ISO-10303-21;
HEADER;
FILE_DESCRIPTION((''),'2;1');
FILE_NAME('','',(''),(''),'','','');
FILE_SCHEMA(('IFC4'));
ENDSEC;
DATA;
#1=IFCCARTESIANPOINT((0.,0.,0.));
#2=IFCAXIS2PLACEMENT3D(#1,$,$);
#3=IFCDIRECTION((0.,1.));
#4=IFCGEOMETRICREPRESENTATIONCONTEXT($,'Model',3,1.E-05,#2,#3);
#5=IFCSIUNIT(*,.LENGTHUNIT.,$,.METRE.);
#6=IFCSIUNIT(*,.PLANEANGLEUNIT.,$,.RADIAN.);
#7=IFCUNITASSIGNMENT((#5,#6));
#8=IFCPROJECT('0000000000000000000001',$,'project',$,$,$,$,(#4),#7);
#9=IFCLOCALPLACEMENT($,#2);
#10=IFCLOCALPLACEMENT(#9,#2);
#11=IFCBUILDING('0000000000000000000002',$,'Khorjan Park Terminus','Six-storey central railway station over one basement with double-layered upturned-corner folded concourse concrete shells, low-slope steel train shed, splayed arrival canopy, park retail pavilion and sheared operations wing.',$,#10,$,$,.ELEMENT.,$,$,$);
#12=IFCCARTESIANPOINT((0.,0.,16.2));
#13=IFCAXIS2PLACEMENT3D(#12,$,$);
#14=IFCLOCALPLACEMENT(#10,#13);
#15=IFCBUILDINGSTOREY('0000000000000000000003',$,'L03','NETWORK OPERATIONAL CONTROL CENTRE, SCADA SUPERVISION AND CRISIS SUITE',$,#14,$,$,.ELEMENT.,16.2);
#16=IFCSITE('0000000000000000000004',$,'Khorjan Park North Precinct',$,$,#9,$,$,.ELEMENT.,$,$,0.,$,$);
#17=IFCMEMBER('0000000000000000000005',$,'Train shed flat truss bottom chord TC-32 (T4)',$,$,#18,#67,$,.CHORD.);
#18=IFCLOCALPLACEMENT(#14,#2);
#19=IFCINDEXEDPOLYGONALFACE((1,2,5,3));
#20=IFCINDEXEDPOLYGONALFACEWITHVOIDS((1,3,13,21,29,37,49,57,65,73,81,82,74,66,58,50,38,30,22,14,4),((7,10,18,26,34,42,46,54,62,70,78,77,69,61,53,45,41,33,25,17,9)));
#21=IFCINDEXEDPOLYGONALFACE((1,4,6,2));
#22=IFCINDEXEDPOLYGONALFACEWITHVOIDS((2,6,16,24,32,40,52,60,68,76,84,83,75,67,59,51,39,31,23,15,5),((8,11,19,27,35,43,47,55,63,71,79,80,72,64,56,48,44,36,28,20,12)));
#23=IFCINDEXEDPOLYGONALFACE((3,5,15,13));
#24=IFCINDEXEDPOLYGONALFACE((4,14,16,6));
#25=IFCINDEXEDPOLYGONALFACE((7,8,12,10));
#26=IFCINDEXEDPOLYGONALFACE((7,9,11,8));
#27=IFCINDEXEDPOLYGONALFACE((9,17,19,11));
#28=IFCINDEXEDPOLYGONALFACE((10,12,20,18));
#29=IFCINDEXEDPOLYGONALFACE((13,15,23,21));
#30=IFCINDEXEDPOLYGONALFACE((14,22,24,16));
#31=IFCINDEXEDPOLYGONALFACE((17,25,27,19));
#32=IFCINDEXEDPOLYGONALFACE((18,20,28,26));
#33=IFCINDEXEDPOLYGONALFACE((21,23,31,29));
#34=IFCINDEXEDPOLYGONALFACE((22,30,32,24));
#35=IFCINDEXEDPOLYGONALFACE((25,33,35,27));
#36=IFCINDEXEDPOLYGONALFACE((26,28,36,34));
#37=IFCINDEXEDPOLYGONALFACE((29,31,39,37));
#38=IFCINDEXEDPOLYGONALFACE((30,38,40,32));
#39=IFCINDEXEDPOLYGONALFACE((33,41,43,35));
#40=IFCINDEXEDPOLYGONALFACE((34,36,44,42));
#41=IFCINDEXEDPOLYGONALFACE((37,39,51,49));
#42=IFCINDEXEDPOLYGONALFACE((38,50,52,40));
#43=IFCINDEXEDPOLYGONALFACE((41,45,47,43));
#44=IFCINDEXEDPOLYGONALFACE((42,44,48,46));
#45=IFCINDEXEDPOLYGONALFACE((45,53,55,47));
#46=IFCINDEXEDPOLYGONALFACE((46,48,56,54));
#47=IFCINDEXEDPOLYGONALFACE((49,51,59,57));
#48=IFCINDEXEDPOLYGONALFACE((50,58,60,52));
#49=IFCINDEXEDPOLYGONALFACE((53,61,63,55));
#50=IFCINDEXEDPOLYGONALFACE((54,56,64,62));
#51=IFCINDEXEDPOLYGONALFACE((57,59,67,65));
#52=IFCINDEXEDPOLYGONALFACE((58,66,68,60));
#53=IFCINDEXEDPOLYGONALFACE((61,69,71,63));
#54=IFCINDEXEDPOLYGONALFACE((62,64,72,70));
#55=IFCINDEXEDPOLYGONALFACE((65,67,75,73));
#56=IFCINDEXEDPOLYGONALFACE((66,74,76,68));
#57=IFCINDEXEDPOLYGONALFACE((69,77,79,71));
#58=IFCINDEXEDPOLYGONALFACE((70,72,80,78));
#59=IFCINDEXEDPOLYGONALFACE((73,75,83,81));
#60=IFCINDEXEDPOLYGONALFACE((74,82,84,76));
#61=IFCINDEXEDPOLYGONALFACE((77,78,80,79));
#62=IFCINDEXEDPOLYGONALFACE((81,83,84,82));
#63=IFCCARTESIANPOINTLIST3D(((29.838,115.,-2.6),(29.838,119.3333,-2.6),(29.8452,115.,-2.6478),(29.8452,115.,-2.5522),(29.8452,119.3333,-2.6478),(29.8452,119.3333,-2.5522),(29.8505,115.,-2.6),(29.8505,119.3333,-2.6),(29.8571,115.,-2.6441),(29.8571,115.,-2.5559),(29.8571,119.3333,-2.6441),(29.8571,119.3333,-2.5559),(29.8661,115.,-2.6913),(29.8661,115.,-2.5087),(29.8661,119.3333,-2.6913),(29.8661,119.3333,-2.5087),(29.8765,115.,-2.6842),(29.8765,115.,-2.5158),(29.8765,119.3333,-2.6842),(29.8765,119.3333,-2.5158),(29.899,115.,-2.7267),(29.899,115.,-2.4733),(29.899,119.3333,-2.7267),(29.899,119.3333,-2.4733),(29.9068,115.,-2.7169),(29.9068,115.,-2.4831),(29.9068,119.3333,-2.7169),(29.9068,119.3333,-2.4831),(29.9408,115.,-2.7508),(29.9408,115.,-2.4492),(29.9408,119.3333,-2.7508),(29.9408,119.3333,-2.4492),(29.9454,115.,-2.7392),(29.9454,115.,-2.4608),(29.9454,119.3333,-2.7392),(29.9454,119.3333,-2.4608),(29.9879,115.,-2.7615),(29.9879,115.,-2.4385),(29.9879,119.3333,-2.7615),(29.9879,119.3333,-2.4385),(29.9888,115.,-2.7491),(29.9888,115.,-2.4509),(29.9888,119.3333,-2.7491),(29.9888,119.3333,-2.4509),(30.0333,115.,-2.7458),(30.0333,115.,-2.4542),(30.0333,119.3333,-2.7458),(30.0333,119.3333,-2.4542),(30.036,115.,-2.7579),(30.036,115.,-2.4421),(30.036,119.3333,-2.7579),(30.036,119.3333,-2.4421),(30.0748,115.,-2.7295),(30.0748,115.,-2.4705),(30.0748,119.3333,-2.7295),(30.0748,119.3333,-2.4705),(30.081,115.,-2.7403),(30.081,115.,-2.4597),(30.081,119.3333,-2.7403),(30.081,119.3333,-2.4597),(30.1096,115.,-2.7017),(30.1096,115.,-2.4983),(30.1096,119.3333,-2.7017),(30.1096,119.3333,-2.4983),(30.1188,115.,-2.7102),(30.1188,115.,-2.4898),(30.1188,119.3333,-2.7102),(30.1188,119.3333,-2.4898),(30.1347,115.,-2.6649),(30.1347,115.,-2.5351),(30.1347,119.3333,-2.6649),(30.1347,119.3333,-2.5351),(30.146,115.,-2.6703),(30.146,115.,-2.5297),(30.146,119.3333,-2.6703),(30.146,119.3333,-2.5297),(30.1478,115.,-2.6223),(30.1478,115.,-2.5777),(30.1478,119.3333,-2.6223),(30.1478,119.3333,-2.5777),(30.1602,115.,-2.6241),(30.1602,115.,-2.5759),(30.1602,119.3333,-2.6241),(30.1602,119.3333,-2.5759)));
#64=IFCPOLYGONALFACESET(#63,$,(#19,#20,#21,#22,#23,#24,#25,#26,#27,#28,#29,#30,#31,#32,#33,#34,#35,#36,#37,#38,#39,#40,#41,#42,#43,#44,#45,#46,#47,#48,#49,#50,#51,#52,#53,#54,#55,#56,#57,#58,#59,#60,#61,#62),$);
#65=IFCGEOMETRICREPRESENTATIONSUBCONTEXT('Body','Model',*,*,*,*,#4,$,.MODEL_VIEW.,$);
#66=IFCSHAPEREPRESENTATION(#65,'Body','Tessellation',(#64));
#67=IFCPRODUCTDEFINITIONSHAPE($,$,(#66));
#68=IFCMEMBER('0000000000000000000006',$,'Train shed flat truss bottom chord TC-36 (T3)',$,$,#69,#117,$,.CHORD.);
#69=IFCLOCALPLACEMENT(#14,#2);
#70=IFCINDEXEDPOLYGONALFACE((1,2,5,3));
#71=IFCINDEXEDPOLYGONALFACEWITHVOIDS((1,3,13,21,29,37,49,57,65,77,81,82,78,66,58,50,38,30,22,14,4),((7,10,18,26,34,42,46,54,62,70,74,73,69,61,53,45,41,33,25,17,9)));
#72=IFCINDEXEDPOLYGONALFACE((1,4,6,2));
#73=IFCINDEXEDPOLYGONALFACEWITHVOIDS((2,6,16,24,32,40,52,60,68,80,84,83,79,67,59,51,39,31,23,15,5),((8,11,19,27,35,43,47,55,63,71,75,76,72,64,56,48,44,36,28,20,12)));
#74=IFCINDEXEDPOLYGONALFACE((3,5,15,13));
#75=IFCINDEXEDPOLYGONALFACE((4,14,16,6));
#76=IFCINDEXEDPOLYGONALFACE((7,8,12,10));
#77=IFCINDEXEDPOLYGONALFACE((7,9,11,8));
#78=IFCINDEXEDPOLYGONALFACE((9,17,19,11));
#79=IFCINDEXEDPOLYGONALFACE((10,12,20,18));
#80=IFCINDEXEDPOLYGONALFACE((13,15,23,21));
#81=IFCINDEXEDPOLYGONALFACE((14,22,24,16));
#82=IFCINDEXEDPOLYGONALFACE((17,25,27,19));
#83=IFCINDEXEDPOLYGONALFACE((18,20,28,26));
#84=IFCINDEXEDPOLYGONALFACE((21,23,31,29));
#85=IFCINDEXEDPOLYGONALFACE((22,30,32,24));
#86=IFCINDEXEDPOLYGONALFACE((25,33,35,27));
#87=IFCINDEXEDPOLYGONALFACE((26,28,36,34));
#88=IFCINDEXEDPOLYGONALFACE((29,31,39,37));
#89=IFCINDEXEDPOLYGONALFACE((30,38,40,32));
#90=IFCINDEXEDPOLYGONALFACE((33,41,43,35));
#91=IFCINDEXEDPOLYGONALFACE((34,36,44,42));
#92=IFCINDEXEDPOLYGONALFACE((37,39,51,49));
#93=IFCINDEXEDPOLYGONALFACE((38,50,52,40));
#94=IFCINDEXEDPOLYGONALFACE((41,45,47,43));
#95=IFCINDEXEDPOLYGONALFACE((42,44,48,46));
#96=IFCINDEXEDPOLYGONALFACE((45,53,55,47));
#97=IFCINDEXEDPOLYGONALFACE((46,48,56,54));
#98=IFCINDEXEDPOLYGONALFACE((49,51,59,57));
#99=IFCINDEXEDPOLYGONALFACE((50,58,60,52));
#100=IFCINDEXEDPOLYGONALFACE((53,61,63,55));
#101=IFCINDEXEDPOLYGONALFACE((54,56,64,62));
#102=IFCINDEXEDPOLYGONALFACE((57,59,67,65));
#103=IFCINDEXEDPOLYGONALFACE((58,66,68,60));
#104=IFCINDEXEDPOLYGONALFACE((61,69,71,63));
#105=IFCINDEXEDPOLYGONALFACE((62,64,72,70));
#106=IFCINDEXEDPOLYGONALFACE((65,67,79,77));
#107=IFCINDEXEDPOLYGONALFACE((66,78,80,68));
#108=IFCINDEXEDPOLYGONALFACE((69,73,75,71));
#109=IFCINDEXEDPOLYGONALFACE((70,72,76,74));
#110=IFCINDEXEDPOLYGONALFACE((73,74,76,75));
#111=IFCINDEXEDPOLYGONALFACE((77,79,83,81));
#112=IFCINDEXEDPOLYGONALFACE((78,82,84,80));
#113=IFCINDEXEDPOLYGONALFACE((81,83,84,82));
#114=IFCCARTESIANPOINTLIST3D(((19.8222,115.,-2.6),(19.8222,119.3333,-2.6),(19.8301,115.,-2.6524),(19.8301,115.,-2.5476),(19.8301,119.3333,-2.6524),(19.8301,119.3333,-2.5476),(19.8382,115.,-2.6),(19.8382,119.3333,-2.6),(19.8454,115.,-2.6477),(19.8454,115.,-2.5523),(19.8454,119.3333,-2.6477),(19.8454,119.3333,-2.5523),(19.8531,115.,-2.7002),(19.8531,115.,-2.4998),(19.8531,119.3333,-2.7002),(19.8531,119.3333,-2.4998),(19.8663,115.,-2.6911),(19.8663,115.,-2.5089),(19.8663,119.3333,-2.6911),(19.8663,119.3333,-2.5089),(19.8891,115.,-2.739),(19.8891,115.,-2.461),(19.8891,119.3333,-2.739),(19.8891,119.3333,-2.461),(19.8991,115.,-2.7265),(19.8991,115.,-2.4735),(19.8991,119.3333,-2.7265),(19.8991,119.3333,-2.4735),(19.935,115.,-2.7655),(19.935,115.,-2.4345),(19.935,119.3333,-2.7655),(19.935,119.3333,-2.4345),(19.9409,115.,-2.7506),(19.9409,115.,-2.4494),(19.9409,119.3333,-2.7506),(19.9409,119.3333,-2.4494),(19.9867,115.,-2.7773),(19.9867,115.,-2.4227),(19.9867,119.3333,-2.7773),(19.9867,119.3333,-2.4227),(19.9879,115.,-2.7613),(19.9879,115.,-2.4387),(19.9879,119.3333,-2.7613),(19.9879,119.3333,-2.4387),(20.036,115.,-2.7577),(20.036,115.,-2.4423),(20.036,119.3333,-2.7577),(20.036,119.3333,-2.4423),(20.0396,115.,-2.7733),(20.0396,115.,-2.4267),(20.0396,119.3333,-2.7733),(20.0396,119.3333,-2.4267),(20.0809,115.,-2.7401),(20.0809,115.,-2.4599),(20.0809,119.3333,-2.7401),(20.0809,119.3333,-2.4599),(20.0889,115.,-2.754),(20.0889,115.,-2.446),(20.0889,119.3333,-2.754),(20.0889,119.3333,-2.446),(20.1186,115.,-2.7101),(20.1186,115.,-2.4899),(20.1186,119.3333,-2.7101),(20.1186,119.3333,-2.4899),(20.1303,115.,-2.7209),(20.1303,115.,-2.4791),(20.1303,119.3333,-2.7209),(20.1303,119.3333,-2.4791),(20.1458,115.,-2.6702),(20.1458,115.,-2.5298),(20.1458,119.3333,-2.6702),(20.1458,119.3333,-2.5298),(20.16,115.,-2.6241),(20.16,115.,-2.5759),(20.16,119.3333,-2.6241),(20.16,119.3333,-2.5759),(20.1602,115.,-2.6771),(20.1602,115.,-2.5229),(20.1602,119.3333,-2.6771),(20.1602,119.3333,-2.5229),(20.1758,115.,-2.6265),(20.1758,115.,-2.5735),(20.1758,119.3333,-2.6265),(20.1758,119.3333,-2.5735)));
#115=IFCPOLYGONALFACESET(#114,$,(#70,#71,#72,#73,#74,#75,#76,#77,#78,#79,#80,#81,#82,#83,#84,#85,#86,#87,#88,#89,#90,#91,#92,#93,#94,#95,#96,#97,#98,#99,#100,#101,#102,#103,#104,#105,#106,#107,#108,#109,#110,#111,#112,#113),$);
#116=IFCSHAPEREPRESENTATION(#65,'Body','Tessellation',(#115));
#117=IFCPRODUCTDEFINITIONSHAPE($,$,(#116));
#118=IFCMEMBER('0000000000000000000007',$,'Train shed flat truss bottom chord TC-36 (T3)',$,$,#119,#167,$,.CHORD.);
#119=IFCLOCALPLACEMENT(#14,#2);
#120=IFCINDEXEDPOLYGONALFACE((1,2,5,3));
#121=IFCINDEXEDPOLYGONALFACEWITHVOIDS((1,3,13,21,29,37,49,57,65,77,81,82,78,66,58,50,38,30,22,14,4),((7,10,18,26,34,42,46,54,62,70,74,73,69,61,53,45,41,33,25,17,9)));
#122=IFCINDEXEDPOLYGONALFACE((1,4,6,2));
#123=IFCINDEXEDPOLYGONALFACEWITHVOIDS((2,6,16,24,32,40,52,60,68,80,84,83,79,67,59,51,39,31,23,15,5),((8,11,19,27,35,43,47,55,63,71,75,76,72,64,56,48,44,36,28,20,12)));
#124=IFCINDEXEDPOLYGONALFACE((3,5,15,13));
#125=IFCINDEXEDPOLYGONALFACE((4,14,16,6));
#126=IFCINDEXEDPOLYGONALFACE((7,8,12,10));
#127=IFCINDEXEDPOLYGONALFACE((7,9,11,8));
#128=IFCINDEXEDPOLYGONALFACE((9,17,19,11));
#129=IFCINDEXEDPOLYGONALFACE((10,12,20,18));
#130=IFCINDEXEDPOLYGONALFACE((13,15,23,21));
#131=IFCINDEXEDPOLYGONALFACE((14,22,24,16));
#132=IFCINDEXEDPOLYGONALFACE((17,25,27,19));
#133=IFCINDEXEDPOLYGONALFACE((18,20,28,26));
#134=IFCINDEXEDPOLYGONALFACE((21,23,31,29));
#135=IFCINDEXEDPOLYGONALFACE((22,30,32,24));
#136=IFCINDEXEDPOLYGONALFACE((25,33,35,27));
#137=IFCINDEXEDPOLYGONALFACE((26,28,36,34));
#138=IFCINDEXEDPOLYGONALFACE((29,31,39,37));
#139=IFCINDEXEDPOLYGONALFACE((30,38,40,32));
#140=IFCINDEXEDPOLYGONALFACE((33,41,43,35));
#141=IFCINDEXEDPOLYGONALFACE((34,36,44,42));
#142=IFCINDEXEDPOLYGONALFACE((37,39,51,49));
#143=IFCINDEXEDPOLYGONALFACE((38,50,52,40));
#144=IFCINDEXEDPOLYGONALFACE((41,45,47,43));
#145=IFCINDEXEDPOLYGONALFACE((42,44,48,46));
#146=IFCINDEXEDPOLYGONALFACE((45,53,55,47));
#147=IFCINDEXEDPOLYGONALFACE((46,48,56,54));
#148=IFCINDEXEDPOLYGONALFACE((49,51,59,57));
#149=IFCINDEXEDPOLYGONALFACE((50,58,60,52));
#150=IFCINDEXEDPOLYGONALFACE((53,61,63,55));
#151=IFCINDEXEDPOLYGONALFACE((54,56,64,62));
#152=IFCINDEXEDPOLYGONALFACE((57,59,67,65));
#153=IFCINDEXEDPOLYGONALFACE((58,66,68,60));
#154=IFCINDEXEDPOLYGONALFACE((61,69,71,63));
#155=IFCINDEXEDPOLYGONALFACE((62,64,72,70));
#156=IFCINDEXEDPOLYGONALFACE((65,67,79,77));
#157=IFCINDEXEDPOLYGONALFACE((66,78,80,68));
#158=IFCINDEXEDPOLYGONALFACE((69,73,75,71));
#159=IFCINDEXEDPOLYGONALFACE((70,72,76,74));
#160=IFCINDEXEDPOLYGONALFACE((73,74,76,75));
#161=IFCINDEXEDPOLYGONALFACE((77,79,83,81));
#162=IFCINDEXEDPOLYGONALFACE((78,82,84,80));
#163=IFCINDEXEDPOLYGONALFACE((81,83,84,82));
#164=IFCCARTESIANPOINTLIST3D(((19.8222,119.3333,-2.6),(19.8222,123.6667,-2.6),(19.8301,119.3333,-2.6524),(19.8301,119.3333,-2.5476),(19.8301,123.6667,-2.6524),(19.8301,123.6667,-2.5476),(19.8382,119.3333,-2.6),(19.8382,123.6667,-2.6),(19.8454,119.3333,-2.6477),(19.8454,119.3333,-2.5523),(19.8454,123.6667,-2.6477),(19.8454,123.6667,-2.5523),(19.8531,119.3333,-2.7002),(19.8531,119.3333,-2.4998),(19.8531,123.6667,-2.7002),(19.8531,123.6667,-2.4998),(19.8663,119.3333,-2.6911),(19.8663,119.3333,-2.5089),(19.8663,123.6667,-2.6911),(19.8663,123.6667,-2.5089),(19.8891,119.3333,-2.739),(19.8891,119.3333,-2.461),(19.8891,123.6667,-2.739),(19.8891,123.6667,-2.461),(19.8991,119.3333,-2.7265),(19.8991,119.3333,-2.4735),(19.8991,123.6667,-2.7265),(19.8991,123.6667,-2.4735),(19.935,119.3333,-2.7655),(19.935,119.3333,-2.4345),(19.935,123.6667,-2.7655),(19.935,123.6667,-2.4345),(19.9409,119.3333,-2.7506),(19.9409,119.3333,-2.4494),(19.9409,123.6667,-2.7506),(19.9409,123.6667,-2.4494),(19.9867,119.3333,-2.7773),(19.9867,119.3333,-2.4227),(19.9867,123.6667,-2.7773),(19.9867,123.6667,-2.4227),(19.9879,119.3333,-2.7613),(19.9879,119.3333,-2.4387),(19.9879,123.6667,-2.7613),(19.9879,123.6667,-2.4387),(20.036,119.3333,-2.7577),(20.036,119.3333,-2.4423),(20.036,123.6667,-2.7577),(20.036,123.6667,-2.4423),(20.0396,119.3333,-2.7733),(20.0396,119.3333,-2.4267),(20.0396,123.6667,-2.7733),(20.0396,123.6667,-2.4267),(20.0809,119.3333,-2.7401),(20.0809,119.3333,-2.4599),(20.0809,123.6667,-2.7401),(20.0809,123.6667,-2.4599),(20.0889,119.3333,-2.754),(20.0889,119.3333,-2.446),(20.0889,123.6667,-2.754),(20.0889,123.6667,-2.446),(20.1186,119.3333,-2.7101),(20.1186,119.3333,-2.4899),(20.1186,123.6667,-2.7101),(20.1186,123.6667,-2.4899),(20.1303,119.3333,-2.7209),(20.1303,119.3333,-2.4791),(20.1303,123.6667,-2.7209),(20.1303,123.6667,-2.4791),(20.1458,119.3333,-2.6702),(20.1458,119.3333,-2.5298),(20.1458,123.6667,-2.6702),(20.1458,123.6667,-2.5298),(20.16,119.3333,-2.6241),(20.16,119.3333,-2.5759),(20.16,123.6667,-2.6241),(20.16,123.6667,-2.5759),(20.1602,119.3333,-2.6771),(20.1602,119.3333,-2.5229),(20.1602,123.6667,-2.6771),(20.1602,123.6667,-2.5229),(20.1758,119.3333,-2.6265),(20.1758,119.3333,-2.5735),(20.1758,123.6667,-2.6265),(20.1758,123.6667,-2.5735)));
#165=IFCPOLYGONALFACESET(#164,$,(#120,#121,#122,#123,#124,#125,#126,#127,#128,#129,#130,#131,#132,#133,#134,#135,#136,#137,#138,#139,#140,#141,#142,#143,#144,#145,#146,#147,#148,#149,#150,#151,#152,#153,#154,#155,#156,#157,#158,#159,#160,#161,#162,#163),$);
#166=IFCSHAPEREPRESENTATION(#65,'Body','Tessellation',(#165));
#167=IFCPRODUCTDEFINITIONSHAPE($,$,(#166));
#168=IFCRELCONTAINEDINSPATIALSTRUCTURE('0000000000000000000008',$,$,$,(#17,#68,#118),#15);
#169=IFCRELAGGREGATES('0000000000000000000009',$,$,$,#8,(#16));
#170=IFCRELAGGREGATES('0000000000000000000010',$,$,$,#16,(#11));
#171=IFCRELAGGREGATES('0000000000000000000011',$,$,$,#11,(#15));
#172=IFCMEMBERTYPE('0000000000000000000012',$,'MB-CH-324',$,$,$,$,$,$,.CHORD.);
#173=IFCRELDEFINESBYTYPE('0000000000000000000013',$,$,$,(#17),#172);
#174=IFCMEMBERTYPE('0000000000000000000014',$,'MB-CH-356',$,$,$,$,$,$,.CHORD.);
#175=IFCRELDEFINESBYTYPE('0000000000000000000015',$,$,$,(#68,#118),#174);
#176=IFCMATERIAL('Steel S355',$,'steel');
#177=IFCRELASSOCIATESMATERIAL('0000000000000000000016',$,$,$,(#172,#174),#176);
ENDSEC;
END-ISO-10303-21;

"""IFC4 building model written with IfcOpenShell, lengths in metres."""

from ifc_helpers import new_model, si_unit, direction, frame, origin, origin_2d, place, context, subcontext, project, spatial, hollow_circle, extrude, material, material_profile, profile_set, type_object, element, save


model = new_model("IFC4")

# Units and contexts
model_context = context("Model", 3, precision=1e-05, world=origin(), true_north=direction((0.0, 1.0)))
body_context = subcontext(model_context, "Body", "Model", "MODEL_VIEW")
ifc_project = project(units=[si_unit("LENGTHUNIT", "METRE"), si_unit("PLANEANGLEUNIT", "RADIAN")], contexts=[model_context])

# Site, building, storey
site_placement = place(None, origin())
site = spatial("IfcSite", under=ifc_project, at=site_placement, Name="Khorjan Park North Precinct", CompositionType="ELEMENT", RefElevation=0.0)
building_placement = place(site_placement, origin())
building = spatial("IfcBuilding", under=site, at=building_placement, Name="Khorjan Park Terminus", Description="Six-storey central railway station over one basement with double-layered upturned-corner folded concourse concrete shells, low-slope steel train shed, splayed arrival canopy, park retail pavilion and sheared operations wing.", CompositionType="ELEMENT")
storey_placement = place(building_placement, frame((0.0, 0.0, 16.2)))
storey = spatial("IfcBuildingStorey", under=building, at=storey_placement, Name="L03", Description="NETWORK OPERATIONAL CONTROL CENTRE, SCADA SUPERVISION AND CRISIS SUITE", CompositionType="ELEMENT", Elevation=16.2)

# Members
ifc_material = material(Name="Steel S355", Category="steel")
ifc_material_profile_1 = material_profile(ifc_material, hollow_circle(Radius=0.162, WallThickness=0.0125, at=origin_2d()), Name="CHS 323.9x12.5")
ifc_profile_set_1 = profile_set([ifc_material_profile_1], Name="Steel S355")
member_type_1 = type_object("IfcMemberType", Name="MB-CH-324", PredefinedType="CHORD", material=ifc_profile_set_1)
for number, where, z_axis, x_axis, name in (
    (1, (30.0, 115.0, -2.6), (0.0, 1.0, 0.0), (-1.0, 0.0, 0.0), "Train shed flat truss bottom chord TC-32 (T4)"),
):
    element("IfcMember", number, at=place(storey_placement, frame(where, z_axis=z_axis, x_axis=x_axis)), inside=storey, type_object=member_type_1, Name=name, PredefinedType="CHORD", context=body_context, shape_type="SweptSolid", body=[
        extrude(hollow_circle(Radius=0.162, WallThickness=0.0125, at=origin_2d()), origin(), (0.0, 0.0, 1.0), 4.3333),
    ])
ifc_material_profile_2 = material_profile(ifc_material, hollow_circle(Radius=0.1778, WallThickness=0.016, at=origin_2d()), Name="CHS 355.6x16")
ifc_profile_set_2 = profile_set([ifc_material_profile_2], Name="Steel S355")
member_type_2 = type_object("IfcMemberType", Name="MB-CH-356", PredefinedType="CHORD", material=ifc_profile_set_2)
member_1_placement = place(storey_placement, frame((20.0, 115.0, -2.6), z_axis=(0.0, 1.0, 0.0), x_axis=(-1.0, 0.0, 0.0)))
element("IfcMember", 2, at=member_1_placement, inside=storey, type_object=member_type_2, Name="Train shed flat truss bottom chord TC-36 (T3)", PredefinedType="CHORD", context=body_context, shape_type="SweptSolid", body=[
    extrude(hollow_circle(Radius=0.1778, WallThickness=0.016, at=origin_2d()), origin(), (0.0, 0.0, 1.0), 4.3333),
])
member_2_placement = place(storey_placement, frame((20.0, 119.3333, -2.6), z_axis=(0.0, 1.0, 0.0), x_axis=(-1.0, 0.0, 0.0)))
element("IfcMember", 3, at=member_2_placement, inside=storey, type_object=member_type_2, Name="Train shed flat truss bottom chord TC-36 (T3)", PredefinedType="CHORD", context=body_context, shape_type="SweptSolid", body=[
    extrude(hollow_circle(Radius=0.1778, WallThickness=0.016, at=origin_2d()), origin(), (0.0, 0.0, 1.0), 4.3334),
])

save(model, "model.ifc")
